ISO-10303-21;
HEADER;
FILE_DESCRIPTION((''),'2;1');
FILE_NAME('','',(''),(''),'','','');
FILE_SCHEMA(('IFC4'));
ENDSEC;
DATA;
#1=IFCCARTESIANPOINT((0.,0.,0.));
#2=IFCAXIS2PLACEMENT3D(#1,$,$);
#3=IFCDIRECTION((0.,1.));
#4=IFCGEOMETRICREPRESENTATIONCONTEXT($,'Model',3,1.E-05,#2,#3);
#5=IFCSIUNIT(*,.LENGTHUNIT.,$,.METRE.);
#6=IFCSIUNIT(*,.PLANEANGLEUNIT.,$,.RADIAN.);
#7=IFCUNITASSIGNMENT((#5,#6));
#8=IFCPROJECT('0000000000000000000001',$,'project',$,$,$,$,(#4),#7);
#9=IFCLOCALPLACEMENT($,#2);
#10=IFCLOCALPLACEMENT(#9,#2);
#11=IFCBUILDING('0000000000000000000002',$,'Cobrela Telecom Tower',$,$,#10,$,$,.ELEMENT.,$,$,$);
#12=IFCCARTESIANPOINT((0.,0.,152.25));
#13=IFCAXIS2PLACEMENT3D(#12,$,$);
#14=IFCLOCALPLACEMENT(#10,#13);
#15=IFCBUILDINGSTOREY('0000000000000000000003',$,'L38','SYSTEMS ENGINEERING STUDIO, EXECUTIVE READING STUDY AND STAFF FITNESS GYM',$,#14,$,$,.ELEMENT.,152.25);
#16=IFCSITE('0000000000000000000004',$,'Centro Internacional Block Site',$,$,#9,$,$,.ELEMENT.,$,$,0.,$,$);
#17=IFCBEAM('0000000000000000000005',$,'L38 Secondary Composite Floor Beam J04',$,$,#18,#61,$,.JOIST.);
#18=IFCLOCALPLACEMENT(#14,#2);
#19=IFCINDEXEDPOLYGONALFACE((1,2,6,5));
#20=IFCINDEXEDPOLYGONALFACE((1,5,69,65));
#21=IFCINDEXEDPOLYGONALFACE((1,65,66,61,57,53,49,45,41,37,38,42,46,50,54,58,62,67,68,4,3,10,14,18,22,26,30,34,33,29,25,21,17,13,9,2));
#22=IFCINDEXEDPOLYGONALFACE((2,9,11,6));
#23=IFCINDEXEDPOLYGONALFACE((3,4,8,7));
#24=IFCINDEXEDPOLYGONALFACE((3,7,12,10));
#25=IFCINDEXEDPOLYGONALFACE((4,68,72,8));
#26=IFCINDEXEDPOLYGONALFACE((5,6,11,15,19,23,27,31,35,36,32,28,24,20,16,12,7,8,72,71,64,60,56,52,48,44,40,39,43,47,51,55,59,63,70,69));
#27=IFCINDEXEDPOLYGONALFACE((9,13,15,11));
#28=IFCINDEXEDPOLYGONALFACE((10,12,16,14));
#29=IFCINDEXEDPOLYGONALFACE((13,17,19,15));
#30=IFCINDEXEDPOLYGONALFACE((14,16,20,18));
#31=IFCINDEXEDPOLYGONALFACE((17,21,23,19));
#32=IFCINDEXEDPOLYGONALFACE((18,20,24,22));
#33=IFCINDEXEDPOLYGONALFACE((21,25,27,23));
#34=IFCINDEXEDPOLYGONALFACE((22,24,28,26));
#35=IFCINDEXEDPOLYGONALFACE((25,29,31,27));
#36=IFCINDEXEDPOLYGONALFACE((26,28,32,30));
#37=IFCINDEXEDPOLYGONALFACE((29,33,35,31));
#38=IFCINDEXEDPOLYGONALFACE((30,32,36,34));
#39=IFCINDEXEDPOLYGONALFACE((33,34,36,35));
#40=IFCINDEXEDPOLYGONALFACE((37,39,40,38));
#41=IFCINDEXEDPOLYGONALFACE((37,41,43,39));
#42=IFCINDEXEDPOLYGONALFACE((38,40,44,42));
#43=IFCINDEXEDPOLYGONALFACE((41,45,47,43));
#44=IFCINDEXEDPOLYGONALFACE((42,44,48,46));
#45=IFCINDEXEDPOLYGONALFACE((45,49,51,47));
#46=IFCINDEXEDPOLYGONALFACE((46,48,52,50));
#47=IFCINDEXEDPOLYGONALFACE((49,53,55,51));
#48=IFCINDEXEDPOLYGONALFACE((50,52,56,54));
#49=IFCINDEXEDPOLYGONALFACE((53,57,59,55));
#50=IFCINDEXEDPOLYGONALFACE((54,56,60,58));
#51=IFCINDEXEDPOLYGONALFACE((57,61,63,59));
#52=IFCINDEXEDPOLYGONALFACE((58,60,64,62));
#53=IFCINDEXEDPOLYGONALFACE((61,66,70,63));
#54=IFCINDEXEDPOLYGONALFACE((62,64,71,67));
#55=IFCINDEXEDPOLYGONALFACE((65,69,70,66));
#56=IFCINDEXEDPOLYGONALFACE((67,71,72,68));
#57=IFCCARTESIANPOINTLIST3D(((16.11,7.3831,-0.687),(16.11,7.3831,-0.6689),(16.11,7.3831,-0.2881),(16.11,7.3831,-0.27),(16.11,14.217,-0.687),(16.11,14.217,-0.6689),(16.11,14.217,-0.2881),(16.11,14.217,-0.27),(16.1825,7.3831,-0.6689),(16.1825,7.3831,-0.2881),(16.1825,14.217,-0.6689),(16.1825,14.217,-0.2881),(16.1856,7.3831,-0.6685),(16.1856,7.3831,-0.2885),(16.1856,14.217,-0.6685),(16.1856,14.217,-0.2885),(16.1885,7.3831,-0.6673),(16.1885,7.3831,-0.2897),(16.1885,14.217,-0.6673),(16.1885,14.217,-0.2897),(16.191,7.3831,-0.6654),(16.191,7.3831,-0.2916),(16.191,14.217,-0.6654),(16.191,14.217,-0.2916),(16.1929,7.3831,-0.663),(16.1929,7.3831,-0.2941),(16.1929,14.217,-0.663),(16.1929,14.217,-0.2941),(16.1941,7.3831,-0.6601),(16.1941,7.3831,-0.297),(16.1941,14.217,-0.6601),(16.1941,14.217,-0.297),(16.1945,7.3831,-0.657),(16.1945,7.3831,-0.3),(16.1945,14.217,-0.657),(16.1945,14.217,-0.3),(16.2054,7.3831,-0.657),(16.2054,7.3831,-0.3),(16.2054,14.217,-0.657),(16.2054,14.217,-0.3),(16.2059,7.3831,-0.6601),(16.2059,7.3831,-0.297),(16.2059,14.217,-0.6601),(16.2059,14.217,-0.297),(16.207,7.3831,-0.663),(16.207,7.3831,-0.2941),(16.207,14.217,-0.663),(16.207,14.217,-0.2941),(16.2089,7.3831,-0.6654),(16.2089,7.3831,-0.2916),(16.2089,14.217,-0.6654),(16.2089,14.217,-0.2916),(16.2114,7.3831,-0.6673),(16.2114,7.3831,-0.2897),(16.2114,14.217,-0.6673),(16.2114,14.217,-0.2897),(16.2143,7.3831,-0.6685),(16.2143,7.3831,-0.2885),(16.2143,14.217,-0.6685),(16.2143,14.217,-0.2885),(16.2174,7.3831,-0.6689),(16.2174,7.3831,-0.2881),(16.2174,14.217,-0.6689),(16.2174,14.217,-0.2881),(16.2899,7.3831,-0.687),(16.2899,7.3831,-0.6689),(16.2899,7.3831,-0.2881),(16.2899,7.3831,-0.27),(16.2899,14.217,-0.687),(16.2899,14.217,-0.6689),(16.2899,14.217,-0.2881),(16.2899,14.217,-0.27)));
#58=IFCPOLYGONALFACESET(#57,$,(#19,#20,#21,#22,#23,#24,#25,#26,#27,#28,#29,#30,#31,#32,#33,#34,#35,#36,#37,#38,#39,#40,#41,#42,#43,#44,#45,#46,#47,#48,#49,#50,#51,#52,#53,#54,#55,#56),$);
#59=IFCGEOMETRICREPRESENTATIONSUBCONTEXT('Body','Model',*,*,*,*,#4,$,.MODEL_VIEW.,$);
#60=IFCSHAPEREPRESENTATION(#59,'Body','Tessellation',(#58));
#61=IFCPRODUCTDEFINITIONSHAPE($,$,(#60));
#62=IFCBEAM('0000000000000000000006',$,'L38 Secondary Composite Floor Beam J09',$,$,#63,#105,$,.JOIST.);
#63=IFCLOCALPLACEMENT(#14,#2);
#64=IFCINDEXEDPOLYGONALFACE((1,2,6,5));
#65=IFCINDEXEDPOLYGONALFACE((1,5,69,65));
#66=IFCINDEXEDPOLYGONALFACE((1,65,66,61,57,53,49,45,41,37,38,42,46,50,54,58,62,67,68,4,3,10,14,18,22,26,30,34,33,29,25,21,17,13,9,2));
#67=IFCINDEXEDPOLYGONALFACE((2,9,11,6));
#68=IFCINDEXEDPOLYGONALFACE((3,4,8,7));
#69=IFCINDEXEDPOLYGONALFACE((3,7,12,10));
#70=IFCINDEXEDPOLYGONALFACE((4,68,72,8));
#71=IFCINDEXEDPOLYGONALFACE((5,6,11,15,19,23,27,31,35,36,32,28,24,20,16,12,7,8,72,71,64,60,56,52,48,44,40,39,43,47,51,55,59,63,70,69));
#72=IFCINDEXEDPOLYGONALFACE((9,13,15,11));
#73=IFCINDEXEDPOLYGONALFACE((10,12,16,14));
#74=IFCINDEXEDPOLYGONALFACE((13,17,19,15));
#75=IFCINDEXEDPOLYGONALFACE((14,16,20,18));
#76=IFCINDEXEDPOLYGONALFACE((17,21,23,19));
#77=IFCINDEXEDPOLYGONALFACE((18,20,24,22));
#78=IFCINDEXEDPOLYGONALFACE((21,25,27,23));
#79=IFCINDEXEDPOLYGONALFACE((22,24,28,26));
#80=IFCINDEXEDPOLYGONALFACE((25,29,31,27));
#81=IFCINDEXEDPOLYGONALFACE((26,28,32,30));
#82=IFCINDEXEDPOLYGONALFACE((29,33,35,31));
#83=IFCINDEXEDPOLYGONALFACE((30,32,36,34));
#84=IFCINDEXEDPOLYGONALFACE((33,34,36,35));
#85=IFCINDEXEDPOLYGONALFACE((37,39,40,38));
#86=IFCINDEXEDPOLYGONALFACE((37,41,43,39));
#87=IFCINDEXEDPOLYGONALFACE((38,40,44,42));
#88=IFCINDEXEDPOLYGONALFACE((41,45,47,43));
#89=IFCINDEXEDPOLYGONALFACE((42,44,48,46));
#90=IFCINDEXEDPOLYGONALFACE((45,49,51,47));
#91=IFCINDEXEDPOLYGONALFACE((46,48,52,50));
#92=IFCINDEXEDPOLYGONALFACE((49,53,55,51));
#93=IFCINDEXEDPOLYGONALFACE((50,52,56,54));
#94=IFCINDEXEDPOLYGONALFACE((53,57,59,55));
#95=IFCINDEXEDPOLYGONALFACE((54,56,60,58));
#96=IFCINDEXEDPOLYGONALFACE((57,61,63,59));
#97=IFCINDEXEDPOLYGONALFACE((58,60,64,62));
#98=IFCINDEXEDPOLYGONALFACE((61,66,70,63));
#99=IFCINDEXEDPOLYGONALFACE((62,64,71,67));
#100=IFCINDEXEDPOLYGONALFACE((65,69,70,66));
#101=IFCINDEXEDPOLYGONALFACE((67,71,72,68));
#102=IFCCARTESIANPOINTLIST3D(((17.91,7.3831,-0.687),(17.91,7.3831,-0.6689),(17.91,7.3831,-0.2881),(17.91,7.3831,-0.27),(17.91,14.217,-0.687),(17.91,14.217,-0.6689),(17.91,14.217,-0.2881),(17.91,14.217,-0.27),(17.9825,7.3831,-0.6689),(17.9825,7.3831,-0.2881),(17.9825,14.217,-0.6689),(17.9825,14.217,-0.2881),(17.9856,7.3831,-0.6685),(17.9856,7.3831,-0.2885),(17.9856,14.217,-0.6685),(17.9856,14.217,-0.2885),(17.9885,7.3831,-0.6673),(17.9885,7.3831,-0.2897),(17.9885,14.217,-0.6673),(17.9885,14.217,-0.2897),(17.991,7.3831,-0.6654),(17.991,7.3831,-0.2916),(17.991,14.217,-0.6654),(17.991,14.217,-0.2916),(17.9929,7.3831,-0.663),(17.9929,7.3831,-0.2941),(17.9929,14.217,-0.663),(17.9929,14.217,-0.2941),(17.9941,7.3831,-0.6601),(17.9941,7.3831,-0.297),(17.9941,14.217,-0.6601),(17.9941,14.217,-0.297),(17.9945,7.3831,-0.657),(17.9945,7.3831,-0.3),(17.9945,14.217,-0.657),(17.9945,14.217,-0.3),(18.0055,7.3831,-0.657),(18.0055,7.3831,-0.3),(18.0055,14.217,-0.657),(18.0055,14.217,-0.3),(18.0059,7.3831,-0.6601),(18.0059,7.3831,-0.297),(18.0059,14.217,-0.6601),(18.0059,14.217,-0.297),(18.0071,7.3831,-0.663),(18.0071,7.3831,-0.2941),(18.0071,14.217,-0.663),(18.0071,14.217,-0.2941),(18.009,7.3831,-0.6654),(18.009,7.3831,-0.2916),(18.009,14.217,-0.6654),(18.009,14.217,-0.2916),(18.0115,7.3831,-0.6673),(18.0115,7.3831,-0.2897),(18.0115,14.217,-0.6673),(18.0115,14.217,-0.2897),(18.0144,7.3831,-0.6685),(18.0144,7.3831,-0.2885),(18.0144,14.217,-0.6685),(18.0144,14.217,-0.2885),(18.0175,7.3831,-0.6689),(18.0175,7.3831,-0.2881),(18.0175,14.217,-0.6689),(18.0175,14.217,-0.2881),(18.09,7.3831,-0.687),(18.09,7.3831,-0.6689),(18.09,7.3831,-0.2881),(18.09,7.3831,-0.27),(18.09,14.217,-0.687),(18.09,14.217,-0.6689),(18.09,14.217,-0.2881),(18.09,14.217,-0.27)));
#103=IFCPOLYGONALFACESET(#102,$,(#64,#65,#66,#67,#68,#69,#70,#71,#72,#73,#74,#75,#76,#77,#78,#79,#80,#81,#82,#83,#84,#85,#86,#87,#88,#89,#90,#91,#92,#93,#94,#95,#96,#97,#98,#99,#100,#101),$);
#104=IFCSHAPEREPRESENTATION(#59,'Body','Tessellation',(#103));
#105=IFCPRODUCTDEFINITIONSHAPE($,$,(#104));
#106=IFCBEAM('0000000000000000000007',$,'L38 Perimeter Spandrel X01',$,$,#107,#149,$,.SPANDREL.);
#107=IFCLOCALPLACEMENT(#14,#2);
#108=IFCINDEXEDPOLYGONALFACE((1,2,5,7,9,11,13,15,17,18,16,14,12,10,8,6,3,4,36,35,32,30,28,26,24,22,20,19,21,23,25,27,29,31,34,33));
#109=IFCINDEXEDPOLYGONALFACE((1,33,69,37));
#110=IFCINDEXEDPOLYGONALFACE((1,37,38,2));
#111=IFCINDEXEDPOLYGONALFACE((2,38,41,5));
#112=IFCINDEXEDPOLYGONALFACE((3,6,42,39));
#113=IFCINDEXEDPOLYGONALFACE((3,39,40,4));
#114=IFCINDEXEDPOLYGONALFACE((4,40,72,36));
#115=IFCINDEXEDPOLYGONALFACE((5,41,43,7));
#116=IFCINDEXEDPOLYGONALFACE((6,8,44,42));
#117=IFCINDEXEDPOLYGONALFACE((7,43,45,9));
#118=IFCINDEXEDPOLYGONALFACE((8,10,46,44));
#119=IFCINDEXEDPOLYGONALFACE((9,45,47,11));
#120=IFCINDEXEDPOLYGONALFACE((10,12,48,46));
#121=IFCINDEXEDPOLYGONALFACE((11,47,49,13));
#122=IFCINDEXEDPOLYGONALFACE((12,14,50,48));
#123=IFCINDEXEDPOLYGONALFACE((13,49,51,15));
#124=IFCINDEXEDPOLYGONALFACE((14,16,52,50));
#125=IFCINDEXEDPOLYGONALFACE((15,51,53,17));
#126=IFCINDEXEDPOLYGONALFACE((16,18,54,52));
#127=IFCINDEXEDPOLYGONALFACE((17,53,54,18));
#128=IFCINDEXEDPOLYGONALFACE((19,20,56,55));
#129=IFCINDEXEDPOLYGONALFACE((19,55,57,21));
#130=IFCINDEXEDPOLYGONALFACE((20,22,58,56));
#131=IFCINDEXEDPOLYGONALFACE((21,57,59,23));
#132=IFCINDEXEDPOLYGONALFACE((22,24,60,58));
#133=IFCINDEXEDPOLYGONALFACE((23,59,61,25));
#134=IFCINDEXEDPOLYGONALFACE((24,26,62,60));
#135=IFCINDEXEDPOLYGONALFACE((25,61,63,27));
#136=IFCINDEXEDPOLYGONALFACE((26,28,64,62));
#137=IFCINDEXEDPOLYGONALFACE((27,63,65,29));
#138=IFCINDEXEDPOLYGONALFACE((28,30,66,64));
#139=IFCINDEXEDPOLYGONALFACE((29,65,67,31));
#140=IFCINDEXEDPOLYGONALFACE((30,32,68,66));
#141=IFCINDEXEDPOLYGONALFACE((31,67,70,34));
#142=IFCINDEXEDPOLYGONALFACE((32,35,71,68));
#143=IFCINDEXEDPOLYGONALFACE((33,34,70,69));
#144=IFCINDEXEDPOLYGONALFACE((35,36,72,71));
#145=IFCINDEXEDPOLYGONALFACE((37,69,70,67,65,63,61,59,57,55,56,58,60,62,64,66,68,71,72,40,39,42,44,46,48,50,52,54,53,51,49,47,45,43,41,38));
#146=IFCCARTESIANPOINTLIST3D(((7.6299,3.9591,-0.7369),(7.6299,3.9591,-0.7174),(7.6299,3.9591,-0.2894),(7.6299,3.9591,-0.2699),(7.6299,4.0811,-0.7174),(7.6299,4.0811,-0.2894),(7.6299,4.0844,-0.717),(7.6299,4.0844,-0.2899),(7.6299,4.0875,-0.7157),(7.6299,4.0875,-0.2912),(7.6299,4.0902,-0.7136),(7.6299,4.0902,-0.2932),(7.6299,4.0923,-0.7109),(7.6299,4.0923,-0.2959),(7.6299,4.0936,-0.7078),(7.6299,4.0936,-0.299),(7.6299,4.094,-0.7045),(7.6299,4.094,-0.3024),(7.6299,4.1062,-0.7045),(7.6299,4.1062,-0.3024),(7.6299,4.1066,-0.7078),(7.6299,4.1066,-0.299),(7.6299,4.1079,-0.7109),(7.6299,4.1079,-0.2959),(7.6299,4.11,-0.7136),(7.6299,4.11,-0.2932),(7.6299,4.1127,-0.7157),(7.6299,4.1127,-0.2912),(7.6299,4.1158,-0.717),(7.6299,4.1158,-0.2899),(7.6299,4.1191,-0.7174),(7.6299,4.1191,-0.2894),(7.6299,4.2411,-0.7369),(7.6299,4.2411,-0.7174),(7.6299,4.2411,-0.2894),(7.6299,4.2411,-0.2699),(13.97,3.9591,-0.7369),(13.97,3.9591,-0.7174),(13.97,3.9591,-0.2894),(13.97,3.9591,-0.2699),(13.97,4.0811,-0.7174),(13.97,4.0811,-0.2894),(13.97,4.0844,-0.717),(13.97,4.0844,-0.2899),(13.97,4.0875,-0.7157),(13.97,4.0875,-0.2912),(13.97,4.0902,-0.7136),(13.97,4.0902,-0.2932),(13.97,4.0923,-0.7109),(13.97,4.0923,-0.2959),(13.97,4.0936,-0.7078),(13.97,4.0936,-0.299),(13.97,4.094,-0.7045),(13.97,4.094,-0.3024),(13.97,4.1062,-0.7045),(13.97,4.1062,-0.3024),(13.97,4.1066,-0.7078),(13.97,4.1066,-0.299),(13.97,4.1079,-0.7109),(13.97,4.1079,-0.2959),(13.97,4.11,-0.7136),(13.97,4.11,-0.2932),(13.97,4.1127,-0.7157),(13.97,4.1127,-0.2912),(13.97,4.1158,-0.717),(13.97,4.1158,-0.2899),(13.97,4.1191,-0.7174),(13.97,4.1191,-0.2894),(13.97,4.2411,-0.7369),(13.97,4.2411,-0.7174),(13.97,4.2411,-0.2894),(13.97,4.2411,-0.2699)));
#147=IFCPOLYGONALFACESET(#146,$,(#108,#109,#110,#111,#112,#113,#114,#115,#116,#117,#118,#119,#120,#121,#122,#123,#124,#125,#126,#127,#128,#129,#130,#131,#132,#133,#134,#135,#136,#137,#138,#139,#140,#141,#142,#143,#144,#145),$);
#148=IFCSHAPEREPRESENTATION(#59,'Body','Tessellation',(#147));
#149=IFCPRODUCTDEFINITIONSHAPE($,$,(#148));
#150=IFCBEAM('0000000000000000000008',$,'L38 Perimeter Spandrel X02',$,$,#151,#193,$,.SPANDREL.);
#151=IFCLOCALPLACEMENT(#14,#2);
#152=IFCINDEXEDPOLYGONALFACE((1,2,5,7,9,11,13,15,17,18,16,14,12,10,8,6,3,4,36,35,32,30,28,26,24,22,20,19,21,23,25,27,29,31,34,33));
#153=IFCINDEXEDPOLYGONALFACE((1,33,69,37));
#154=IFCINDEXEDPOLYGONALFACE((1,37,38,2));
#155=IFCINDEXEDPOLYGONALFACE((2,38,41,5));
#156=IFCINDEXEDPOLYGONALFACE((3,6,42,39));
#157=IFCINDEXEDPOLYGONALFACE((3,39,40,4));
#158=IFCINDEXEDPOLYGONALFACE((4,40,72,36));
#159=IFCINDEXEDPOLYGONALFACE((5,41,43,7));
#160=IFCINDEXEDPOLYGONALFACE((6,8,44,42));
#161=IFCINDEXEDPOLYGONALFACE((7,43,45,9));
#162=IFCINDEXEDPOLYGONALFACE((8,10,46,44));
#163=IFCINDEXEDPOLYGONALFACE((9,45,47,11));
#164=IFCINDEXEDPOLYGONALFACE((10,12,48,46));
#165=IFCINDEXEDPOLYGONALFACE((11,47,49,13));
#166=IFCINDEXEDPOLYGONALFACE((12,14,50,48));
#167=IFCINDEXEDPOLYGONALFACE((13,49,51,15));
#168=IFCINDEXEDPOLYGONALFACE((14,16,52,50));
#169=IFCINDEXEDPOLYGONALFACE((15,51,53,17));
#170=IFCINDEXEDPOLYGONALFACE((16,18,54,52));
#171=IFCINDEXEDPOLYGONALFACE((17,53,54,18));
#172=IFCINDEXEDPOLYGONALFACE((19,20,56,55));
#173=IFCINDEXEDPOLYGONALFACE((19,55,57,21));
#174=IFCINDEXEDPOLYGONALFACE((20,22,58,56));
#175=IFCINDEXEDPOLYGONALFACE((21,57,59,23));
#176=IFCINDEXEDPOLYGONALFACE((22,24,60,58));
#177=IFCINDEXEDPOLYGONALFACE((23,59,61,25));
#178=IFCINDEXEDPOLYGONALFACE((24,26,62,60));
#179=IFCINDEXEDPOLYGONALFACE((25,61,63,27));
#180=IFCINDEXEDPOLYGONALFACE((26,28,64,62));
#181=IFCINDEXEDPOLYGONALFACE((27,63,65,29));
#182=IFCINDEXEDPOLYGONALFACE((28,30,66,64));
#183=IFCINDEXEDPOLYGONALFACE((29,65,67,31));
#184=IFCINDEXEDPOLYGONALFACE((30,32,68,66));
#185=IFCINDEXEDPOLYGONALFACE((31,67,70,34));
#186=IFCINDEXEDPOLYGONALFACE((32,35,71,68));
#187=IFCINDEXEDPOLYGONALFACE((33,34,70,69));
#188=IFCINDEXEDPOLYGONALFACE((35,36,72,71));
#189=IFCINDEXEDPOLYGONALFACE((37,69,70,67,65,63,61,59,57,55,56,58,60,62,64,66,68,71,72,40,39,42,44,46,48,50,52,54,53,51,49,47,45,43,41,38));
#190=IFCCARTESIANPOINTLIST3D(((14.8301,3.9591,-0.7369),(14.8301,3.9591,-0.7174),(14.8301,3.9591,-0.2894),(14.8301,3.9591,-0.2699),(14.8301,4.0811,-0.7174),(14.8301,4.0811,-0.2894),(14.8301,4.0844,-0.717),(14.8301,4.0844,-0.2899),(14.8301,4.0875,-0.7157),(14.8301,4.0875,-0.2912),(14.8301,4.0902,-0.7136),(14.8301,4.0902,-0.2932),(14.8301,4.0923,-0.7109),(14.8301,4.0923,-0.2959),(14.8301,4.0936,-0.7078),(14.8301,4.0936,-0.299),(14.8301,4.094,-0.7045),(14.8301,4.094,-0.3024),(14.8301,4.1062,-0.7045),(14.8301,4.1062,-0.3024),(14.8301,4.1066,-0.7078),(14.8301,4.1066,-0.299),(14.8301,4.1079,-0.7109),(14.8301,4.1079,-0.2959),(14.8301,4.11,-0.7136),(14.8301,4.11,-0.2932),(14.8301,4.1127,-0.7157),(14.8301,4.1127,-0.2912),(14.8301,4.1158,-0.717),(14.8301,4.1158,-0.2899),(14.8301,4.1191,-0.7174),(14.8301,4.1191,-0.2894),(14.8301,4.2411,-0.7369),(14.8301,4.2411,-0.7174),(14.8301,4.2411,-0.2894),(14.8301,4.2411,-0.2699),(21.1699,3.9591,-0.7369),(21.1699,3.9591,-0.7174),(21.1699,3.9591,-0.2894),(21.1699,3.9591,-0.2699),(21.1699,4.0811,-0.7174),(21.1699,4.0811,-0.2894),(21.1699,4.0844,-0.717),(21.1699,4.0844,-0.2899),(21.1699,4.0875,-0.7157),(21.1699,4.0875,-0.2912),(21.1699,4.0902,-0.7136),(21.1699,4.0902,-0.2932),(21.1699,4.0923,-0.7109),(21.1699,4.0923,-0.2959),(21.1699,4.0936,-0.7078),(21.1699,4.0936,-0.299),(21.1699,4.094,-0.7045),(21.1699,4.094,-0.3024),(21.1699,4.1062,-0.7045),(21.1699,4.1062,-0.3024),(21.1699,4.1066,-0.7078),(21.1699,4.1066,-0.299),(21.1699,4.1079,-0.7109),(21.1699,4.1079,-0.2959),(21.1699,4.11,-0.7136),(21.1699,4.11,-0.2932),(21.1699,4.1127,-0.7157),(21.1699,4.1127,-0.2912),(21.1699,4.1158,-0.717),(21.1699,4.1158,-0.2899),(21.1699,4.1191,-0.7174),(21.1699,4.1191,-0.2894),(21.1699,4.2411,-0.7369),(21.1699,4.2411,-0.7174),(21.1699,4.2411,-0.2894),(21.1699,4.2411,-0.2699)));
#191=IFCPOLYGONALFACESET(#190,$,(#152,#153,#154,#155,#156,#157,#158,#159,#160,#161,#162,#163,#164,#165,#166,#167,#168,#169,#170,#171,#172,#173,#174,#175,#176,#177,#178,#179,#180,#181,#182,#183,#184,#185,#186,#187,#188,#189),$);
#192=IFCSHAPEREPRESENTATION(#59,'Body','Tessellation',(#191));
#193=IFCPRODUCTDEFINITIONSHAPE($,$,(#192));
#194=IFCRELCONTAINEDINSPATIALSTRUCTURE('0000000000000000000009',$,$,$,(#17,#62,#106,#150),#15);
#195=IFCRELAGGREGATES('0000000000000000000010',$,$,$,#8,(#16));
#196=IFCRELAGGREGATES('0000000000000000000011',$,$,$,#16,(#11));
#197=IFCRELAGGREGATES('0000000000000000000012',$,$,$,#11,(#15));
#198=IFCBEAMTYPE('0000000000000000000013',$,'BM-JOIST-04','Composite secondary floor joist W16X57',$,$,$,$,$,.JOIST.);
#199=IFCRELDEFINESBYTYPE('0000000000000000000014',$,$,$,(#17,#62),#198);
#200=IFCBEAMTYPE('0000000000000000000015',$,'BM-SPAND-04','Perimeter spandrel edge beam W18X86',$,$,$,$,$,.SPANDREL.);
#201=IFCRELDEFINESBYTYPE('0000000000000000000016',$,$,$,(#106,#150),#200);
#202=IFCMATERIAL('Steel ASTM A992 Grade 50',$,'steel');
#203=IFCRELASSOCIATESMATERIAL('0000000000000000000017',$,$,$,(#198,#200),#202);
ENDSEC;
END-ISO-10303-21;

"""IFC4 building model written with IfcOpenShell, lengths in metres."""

from ifc_helpers import new_model, si_unit, direction, frame, origin, origin_2d, place, context, subcontext, project, spatial, i_section, extrude, material, material_profile, profile_set, type_object, element, save


model = new_model("IFC4")

# Units and contexts
model_context = context("Model", 3, precision=1e-05, world=origin(), true_north=direction((0.0, 1.0)))
body_context = subcontext(model_context, "Body", "Model", "MODEL_VIEW")
ifc_project = project(units=[si_unit("LENGTHUNIT", "METRE"), si_unit("PLANEANGLEUNIT", "RADIAN")], contexts=[model_context])

# Site, building, storey
site_placement = place(None, origin())
site = spatial("IfcSite", under=ifc_project, at=site_placement, Name="Centro Internacional Block Site", CompositionType="ELEMENT", RefElevation=0.0)
building_placement = place(site_placement, origin())
building = spatial("IfcBuilding", under=site, at=building_placement, Name="Cobrela Telecom Tower", CompositionType="ELEMENT")
storey_placement = place(building_placement, frame((0.0, 0.0, 152.25)))
storey = spatial("IfcBuildingStorey", under=building, at=storey_placement, Name="L38", Description="SYSTEMS ENGINEERING STUDIO, EXECUTIVE READING STUDY AND STAFF FITNESS GYM", CompositionType="ELEMENT", Elevation=152.25)

# Beams
ifc_material_1 = material(Name="Steel ASTM A992 Grade 50", Category="steel")
ifc_material_profile_1 = material_profile(ifc_material_1, i_section(OverallWidth=0.1799, OverallDepth=0.417, WebThickness=0.011, FlangeThickness=0.0181, FilletRadius=0.012, at=origin_2d()), Name="W16X57")
ifc_profile_set_1 = profile_set([ifc_material_profile_1], Name="Steel ASTM A992 Grade 50")
beam_type_1 = type_object("IfcBeamType", Name="BM-JOIST-04", Description="Composite secondary floor joist W16X57", PredefinedType="JOIST", material=ifc_profile_set_1)
for number, where, z_axis, x_axis, name in (
    (1, (16.2, 7.3831, -0.4785), (0.0, 1.0, 0.0), (-1.0, 0.0, 0.0), "L38 Secondary Composite Floor Beam J04"),
    (2, (18.0, 7.3831, -0.4785), (0.0, 1.0, 0.0), (-1.0, 0.0, 0.0), "L38 Secondary Composite Floor Beam J09"),
):
    element("IfcBeam", number, at=place(storey_placement, frame(where, z_axis=z_axis, x_axis=x_axis)), inside=storey, type_object=beam_type_1, Name=name, PredefinedType="JOIST", context=body_context, shape_type="SweptSolid", body=[
        extrude(i_section(OverallWidth=0.1799, OverallDepth=0.417, WebThickness=0.011, FlangeThickness=0.0181, FilletRadius=0.012, at=origin_2d()), origin(), (0.0, 0.0, 1.0), 6.834),
    ])
ifc_material_profile_2 = material_profile(ifc_material_1, i_section(OverallWidth=0.282, OverallDepth=0.467, WebThickness=0.0122, FlangeThickness=0.0195, FilletRadius=0.0129, at=origin_2d()), Name="W18X86")
ifc_profile_set_2 = profile_set([ifc_material_profile_2], Name="Steel ASTM A992 Grade 50")
beam_type_2 = type_object("IfcBeamType", Name="BM-SPAND-04", Description="Perimeter spandrel edge beam W18X86", PredefinedType="SPANDREL", material=ifc_profile_set_2)
beam_1_placement = place(storey_placement, frame((7.6299, 4.1001, -0.5034), z_axis=(1.0, 0.0, 0.0), x_axis=(0.0, 1.0, 0.0)))
element("IfcBeam", 3, at=beam_1_placement, inside=storey, type_object=beam_type_2, Name="L38 Perimeter Spandrel X01", PredefinedType="SPANDREL", context=body_context, shape_type="SweptSolid", body=[
    extrude(i_section(OverallWidth=0.282, OverallDepth=0.467, WebThickness=0.0122, FlangeThickness=0.0195, FilletRadius=0.0129, at=origin_2d()), origin(), (0.0, 0.0, 1.0), 6.3401),
])
beam_2_placement = place(storey_placement, frame((14.8301, 4.1001, -0.5034), z_axis=(1.0, 0.0, 0.0), x_axis=(0.0, 1.0, 0.0)))
element("IfcBeam", 4, at=beam_2_placement, inside=storey, type_object=beam_type_2, Name="L38 Perimeter Spandrel X02", PredefinedType="SPANDREL", context=body_context, shape_type="SweptSolid", body=[
    extrude(i_section(OverallWidth=0.282, OverallDepth=0.467, WebThickness=0.0122, FlangeThickness=0.0195, FilletRadius=0.0129, at=origin_2d()), origin(), (0.0, 0.0, 1.0), 6.3398),
])

save(model, "model.ifc")
